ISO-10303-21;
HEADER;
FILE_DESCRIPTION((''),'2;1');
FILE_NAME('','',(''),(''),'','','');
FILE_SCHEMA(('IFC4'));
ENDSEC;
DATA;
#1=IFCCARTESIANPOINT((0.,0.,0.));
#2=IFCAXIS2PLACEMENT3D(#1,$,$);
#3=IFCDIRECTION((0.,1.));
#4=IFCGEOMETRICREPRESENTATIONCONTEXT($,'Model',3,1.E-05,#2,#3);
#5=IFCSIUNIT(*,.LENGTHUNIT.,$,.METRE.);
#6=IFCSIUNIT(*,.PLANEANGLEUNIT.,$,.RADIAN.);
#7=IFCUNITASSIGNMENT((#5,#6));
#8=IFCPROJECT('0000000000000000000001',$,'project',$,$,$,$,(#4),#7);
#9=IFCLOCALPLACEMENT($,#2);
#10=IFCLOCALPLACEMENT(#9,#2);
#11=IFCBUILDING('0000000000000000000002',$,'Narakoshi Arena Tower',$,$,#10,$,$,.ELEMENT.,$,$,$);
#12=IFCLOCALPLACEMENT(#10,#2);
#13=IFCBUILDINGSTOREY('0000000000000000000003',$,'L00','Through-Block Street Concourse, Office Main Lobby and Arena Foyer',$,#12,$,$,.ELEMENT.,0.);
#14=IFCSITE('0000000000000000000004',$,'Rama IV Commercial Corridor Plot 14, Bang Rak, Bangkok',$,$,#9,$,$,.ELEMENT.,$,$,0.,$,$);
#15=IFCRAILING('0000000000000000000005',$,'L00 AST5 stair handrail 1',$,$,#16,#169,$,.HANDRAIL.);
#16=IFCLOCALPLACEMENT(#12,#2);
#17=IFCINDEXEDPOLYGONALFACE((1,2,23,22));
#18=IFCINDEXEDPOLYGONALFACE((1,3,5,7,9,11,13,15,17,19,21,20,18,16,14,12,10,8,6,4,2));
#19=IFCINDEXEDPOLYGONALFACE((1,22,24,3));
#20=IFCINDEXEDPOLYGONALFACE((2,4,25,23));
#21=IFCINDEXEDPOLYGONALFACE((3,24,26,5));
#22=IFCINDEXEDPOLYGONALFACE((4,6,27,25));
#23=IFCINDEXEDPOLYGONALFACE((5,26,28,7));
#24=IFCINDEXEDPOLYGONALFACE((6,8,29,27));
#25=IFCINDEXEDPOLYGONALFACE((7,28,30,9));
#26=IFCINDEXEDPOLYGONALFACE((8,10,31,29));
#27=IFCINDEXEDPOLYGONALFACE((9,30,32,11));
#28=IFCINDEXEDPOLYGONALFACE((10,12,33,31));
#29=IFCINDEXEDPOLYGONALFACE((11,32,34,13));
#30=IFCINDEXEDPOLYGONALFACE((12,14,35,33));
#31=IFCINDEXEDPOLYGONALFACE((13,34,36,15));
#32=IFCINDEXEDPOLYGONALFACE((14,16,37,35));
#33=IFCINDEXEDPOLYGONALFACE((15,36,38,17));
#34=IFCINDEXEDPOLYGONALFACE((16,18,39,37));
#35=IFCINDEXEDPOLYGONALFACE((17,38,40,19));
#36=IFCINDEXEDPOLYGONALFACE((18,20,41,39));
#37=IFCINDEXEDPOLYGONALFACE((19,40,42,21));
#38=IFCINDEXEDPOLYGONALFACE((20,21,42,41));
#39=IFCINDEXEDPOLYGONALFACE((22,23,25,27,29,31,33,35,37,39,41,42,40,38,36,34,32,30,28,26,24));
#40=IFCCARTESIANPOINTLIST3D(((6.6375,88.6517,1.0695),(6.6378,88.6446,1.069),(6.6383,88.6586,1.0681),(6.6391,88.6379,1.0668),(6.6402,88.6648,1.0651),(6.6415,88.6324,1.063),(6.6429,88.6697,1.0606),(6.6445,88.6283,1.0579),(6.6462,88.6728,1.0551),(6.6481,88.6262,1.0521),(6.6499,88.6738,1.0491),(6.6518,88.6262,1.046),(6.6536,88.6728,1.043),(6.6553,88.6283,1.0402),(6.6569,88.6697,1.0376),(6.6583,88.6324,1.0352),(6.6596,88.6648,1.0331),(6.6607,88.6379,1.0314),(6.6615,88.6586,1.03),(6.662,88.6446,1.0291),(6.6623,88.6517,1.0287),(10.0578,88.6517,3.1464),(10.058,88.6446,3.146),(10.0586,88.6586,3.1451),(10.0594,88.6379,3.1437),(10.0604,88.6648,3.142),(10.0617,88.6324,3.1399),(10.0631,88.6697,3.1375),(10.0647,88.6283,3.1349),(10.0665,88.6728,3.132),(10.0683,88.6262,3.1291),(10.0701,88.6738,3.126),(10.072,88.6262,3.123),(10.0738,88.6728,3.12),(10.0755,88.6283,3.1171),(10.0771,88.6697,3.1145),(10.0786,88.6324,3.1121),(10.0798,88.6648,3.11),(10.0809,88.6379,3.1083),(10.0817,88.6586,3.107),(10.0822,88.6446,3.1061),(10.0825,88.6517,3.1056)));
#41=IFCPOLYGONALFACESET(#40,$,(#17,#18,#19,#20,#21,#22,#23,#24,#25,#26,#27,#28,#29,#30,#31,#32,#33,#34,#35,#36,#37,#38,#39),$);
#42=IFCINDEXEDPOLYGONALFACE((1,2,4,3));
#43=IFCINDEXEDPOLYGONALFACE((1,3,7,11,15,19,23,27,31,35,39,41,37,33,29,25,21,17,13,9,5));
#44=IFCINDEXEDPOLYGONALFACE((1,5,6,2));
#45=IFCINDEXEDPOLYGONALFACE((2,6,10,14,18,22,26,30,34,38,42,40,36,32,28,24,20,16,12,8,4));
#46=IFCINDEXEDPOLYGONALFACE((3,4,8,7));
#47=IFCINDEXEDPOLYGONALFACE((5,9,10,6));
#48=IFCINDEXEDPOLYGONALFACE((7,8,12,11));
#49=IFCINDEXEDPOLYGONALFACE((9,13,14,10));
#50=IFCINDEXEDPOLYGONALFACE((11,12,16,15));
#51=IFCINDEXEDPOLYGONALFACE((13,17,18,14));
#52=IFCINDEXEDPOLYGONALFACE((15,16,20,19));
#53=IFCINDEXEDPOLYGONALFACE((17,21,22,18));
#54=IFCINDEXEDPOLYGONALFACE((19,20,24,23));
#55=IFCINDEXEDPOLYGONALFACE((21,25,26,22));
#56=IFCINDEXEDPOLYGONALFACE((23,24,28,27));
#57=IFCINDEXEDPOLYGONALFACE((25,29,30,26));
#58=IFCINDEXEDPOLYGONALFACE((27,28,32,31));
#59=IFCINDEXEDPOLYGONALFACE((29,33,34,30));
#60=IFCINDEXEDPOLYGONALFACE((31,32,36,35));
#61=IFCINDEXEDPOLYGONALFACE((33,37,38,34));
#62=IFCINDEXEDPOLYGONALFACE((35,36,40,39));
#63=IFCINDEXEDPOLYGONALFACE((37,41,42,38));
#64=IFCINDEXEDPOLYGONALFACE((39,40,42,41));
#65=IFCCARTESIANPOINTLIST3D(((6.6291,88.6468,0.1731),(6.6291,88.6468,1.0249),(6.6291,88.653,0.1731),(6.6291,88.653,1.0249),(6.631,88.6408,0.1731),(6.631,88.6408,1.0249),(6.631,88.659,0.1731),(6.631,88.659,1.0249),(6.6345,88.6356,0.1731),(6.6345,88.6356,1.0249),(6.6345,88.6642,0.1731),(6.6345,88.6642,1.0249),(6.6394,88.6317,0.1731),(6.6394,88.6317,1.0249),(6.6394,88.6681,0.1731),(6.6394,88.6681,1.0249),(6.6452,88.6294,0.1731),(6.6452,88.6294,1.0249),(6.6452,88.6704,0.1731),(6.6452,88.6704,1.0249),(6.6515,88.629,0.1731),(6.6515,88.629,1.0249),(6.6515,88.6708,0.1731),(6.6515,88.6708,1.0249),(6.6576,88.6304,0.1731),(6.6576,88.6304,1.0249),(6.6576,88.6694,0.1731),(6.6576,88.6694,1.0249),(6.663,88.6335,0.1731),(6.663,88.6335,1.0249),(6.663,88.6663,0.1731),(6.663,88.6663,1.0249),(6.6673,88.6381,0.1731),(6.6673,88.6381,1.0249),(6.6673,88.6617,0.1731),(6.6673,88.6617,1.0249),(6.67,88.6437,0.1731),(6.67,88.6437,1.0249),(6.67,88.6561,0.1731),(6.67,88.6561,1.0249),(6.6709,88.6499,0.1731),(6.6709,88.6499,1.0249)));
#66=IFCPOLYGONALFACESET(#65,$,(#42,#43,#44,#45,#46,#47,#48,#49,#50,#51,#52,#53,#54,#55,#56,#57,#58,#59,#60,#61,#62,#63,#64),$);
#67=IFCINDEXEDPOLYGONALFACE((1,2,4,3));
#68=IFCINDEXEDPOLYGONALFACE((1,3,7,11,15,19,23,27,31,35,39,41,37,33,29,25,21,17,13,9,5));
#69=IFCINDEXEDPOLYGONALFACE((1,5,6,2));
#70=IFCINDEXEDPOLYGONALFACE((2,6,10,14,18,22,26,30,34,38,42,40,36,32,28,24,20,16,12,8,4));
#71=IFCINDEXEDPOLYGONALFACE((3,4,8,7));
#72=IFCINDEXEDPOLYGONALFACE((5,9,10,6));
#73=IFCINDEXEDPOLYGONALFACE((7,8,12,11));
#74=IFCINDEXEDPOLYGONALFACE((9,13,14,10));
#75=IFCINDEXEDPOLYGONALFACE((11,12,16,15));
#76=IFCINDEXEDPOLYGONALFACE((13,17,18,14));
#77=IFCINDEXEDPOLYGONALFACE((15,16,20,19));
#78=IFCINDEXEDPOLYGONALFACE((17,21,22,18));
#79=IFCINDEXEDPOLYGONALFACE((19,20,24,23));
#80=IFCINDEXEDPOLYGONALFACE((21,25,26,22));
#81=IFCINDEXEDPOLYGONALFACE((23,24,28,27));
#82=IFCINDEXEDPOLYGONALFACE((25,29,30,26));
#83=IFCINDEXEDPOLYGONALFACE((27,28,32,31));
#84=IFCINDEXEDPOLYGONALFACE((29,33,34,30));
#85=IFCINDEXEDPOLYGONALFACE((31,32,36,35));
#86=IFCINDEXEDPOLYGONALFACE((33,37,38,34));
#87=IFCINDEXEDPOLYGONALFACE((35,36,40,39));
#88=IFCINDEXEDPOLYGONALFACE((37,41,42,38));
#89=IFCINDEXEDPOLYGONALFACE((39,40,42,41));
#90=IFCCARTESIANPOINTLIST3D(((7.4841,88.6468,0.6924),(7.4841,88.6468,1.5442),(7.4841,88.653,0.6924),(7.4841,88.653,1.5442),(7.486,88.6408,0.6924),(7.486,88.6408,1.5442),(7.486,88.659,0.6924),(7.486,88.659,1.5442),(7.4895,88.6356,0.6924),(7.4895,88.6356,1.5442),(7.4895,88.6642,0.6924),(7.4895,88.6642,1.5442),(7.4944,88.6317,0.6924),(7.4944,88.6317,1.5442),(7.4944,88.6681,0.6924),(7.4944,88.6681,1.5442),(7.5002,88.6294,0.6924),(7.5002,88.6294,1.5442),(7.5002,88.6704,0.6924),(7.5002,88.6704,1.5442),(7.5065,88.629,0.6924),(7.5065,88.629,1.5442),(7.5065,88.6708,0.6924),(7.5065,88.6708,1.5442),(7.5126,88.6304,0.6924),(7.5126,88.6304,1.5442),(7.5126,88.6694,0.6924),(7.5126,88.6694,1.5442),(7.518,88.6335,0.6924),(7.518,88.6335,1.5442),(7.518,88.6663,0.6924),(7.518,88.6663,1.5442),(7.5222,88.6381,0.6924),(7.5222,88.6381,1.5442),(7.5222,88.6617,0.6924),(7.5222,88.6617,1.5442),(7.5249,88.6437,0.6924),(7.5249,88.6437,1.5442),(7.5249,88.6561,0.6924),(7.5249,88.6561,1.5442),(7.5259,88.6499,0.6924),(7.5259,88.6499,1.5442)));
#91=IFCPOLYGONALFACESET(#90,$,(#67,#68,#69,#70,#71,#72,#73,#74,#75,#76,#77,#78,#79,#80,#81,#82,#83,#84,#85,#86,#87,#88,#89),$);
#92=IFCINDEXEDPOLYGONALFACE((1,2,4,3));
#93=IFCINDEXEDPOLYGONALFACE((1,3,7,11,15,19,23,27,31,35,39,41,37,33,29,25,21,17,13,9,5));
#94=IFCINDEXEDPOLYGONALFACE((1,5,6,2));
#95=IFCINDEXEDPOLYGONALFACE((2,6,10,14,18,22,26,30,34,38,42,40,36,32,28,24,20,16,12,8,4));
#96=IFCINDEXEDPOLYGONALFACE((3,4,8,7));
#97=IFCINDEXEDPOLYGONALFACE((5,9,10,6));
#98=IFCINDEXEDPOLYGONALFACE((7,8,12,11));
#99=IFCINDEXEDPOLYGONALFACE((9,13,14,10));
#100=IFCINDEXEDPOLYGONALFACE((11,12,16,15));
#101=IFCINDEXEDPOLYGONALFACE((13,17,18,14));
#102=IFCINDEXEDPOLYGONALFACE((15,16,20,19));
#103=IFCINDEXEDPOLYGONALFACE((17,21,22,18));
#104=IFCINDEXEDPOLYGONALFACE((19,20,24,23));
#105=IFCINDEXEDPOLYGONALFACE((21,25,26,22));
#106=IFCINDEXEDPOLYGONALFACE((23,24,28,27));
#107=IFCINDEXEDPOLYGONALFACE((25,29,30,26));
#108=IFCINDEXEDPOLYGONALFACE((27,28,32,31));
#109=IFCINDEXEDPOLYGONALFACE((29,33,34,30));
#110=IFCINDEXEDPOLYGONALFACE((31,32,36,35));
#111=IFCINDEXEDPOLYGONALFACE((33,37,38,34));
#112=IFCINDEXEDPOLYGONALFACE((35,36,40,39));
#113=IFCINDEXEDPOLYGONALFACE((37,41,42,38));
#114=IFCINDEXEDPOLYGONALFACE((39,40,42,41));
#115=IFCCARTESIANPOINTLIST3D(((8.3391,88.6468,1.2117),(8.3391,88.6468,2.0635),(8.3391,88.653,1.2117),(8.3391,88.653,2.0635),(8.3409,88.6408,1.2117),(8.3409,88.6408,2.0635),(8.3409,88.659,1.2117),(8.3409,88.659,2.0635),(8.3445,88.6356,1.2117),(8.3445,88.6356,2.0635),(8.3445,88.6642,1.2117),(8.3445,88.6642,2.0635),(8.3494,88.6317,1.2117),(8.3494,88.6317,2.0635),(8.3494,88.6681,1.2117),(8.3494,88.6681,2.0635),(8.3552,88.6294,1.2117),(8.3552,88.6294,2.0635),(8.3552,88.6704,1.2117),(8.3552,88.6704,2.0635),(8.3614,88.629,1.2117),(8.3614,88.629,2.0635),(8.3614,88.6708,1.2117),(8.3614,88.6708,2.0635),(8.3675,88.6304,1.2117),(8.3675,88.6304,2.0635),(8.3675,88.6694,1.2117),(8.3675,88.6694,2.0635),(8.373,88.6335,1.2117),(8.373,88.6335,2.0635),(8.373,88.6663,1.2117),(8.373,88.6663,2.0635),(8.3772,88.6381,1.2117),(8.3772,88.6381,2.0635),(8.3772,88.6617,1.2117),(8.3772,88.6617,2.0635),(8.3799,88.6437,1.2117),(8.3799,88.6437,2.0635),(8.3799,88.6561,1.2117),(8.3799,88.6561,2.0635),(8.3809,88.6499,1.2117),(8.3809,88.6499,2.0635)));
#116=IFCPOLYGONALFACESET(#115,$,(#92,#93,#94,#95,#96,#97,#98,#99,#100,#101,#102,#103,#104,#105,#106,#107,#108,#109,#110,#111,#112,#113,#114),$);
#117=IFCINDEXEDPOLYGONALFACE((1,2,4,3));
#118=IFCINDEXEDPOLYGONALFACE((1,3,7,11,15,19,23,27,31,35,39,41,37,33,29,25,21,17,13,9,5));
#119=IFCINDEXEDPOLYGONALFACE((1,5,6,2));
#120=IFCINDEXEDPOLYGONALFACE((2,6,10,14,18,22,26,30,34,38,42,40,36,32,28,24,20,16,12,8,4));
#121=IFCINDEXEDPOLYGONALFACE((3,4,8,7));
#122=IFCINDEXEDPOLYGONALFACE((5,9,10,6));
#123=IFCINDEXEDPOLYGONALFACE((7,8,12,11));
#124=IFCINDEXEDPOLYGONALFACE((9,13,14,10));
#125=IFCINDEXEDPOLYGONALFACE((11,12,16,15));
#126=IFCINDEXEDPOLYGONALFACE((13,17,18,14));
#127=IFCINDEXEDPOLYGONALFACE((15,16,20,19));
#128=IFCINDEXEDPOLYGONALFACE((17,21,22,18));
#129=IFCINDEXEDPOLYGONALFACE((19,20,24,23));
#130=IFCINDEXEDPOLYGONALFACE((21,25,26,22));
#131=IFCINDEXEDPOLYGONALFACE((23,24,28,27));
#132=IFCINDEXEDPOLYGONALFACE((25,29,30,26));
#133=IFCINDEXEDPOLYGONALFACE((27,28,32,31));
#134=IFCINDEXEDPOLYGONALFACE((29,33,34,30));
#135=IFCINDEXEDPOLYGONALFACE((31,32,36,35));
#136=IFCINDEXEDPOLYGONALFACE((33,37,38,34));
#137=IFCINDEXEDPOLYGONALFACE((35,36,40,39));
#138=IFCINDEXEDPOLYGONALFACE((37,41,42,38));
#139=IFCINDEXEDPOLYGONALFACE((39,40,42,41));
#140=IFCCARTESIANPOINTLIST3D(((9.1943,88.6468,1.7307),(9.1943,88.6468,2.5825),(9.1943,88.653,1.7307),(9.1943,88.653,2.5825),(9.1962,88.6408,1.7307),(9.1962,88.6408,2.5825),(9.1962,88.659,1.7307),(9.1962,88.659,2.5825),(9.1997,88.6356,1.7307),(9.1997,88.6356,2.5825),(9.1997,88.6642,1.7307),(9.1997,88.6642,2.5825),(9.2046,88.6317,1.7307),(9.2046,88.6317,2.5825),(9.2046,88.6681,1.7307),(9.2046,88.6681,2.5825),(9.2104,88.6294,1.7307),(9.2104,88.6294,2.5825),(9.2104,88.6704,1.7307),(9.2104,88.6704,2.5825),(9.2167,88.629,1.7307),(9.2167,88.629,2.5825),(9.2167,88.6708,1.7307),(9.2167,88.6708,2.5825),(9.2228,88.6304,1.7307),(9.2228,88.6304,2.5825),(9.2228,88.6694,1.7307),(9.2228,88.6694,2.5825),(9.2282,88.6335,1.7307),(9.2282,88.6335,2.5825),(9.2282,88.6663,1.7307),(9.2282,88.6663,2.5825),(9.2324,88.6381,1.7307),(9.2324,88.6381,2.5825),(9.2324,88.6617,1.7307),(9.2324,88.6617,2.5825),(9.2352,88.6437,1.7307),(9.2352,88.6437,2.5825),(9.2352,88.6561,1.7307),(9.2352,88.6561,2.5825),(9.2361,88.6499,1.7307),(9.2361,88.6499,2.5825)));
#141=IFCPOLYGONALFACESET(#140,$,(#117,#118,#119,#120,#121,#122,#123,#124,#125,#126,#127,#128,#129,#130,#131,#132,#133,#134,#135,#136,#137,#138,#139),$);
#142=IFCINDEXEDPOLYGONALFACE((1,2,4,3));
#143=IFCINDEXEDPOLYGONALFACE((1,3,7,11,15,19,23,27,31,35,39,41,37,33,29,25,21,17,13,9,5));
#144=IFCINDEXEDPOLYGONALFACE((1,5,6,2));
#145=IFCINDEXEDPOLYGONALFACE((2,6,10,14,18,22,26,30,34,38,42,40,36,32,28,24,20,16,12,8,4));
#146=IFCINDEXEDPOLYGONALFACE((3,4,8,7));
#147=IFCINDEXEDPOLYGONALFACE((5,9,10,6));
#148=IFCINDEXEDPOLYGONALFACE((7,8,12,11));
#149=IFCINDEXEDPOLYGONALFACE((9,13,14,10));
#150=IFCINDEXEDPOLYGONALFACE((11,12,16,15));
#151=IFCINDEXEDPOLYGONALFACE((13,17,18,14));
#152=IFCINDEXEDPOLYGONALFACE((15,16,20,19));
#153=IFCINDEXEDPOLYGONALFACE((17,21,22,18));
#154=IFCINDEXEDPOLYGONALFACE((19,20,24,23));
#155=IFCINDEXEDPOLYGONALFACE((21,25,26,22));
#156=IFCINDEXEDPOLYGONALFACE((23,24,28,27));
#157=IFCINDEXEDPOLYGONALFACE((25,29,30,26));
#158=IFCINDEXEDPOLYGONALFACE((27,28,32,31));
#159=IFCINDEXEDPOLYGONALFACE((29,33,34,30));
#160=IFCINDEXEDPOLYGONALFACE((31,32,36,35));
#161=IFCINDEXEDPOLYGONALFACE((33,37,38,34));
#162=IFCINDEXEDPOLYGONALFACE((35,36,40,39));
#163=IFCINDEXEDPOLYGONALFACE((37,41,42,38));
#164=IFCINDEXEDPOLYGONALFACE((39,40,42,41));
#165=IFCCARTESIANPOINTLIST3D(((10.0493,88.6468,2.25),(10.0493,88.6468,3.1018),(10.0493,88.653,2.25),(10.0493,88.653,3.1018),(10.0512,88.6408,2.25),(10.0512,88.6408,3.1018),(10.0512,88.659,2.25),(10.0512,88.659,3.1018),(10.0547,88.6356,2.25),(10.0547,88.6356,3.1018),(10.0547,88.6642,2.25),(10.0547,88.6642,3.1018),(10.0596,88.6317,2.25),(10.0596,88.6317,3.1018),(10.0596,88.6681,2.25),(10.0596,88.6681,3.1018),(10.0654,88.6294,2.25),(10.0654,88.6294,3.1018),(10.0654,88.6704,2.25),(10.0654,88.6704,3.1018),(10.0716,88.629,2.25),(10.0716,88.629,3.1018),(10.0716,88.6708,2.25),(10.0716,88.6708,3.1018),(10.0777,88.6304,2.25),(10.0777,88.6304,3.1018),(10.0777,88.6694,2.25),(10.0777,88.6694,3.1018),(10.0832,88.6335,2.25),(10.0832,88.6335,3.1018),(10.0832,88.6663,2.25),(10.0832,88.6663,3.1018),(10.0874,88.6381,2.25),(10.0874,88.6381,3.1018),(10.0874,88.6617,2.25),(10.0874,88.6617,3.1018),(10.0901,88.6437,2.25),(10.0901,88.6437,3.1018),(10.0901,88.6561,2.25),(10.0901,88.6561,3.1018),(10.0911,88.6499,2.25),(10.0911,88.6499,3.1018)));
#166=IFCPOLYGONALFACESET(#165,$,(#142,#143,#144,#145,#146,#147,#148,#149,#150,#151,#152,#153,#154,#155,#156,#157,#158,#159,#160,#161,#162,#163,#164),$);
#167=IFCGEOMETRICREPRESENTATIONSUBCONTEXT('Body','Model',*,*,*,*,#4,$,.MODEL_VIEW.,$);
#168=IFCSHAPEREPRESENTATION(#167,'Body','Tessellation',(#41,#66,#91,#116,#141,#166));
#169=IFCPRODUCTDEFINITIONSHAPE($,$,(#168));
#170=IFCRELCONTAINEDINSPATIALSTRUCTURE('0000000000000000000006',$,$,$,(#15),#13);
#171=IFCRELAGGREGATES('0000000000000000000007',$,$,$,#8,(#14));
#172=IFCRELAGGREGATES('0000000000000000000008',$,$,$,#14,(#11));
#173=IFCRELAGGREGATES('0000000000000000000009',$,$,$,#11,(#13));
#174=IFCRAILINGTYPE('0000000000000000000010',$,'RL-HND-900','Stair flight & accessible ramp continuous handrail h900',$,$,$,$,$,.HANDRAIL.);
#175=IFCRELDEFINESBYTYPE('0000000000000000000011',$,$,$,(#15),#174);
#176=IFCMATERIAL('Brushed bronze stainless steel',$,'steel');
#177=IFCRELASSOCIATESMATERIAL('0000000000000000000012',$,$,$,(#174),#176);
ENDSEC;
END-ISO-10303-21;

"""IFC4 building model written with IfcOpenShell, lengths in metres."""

from ifc_helpers import new_model, si_unit, direction, frame, origin, origin_2d, place, context, subcontext, project, spatial, circle, extrude, material, type_object, element, save


model = new_model("IFC4")

# Units and contexts
model_context = context("Model", 3, precision=1e-05, world=origin(), true_north=direction((0.0, 1.0)))
body_context = subcontext(model_context, "Body", "Model", "MODEL_VIEW")
ifc_project = project(units=[si_unit("LENGTHUNIT", "METRE"), si_unit("PLANEANGLEUNIT", "RADIAN")], contexts=[model_context])

# Site, building, storey
site_placement = place(None, origin())
site = spatial("IfcSite", under=ifc_project, at=site_placement, Name="Rama IV Commercial Corridor Plot 14, Bang Rak, Bangkok", CompositionType="ELEMENT", RefElevation=0.0)
building_placement = place(site_placement, origin())
building = spatial("IfcBuilding", under=site, at=building_placement, Name="Narakoshi Arena Tower", CompositionType="ELEMENT")
storey_placement = place(building_placement, origin())
storey = spatial("IfcBuildingStorey", under=building, at=storey_placement, Name="L00", Description="Through-Block Street Concourse, Office Main Lobby and Arena Foyer", CompositionType="ELEMENT", Elevation=0.0)

# Railing
ifc_material_1 = material(Name="Brushed bronze stainless steel", Category="steel")
railing_type_1 = type_object("IfcRailingType", Name="RL-HND-900", Description="Stair flight & accessible ramp continuous handrail h900", PredefinedType="HANDRAIL", material=ifc_material_1)
railing_1_placement = place(storey_placement, frame((6.6499, 88.6499, 0.1731)))
element("IfcRailing", 1, at=railing_1_placement, inside=storey, type_object=railing_type_1, Name="L00 AST5 stair handrail 1", PredefinedType="HANDRAIL", context=body_context, shape_type="SweptSolid", body=[
    extrude(circle(Radius=0.0239, at=origin_2d()), frame((0.0, 0.0, 0.876), z_axis=(0.854746, 0.0, 0.519047), x_axis=(0.0, 1.0, 0.0)), (0.0, 0.0, 1.0), 4.0015),
    extrude(circle(Radius=0.021, at=origin_2d()), origin(), (0.0, 0.0, 1.0), 0.8518),
    extrude(circle(Radius=0.021, at=origin_2d()), frame((0.855, 0.0, 0.5193)), (0.0, 0.0, 1.0), 0.8518),
    extrude(circle(Radius=0.021, at=origin_2d()), frame((1.71, 0.0, 1.0386)), (0.0, 0.0, 1.0), 0.8518),
    extrude(circle(Radius=0.021, at=origin_2d()), frame((2.5652, 0.0, 1.5576)), (0.0, 0.0, 1.0), 0.8518),
    extrude(circle(Radius=0.021, at=origin_2d()), frame((3.4202, 0.0, 2.0769)), (0.0, 0.0, 1.0), 0.8518),
])

save(model, "model.ifc")
